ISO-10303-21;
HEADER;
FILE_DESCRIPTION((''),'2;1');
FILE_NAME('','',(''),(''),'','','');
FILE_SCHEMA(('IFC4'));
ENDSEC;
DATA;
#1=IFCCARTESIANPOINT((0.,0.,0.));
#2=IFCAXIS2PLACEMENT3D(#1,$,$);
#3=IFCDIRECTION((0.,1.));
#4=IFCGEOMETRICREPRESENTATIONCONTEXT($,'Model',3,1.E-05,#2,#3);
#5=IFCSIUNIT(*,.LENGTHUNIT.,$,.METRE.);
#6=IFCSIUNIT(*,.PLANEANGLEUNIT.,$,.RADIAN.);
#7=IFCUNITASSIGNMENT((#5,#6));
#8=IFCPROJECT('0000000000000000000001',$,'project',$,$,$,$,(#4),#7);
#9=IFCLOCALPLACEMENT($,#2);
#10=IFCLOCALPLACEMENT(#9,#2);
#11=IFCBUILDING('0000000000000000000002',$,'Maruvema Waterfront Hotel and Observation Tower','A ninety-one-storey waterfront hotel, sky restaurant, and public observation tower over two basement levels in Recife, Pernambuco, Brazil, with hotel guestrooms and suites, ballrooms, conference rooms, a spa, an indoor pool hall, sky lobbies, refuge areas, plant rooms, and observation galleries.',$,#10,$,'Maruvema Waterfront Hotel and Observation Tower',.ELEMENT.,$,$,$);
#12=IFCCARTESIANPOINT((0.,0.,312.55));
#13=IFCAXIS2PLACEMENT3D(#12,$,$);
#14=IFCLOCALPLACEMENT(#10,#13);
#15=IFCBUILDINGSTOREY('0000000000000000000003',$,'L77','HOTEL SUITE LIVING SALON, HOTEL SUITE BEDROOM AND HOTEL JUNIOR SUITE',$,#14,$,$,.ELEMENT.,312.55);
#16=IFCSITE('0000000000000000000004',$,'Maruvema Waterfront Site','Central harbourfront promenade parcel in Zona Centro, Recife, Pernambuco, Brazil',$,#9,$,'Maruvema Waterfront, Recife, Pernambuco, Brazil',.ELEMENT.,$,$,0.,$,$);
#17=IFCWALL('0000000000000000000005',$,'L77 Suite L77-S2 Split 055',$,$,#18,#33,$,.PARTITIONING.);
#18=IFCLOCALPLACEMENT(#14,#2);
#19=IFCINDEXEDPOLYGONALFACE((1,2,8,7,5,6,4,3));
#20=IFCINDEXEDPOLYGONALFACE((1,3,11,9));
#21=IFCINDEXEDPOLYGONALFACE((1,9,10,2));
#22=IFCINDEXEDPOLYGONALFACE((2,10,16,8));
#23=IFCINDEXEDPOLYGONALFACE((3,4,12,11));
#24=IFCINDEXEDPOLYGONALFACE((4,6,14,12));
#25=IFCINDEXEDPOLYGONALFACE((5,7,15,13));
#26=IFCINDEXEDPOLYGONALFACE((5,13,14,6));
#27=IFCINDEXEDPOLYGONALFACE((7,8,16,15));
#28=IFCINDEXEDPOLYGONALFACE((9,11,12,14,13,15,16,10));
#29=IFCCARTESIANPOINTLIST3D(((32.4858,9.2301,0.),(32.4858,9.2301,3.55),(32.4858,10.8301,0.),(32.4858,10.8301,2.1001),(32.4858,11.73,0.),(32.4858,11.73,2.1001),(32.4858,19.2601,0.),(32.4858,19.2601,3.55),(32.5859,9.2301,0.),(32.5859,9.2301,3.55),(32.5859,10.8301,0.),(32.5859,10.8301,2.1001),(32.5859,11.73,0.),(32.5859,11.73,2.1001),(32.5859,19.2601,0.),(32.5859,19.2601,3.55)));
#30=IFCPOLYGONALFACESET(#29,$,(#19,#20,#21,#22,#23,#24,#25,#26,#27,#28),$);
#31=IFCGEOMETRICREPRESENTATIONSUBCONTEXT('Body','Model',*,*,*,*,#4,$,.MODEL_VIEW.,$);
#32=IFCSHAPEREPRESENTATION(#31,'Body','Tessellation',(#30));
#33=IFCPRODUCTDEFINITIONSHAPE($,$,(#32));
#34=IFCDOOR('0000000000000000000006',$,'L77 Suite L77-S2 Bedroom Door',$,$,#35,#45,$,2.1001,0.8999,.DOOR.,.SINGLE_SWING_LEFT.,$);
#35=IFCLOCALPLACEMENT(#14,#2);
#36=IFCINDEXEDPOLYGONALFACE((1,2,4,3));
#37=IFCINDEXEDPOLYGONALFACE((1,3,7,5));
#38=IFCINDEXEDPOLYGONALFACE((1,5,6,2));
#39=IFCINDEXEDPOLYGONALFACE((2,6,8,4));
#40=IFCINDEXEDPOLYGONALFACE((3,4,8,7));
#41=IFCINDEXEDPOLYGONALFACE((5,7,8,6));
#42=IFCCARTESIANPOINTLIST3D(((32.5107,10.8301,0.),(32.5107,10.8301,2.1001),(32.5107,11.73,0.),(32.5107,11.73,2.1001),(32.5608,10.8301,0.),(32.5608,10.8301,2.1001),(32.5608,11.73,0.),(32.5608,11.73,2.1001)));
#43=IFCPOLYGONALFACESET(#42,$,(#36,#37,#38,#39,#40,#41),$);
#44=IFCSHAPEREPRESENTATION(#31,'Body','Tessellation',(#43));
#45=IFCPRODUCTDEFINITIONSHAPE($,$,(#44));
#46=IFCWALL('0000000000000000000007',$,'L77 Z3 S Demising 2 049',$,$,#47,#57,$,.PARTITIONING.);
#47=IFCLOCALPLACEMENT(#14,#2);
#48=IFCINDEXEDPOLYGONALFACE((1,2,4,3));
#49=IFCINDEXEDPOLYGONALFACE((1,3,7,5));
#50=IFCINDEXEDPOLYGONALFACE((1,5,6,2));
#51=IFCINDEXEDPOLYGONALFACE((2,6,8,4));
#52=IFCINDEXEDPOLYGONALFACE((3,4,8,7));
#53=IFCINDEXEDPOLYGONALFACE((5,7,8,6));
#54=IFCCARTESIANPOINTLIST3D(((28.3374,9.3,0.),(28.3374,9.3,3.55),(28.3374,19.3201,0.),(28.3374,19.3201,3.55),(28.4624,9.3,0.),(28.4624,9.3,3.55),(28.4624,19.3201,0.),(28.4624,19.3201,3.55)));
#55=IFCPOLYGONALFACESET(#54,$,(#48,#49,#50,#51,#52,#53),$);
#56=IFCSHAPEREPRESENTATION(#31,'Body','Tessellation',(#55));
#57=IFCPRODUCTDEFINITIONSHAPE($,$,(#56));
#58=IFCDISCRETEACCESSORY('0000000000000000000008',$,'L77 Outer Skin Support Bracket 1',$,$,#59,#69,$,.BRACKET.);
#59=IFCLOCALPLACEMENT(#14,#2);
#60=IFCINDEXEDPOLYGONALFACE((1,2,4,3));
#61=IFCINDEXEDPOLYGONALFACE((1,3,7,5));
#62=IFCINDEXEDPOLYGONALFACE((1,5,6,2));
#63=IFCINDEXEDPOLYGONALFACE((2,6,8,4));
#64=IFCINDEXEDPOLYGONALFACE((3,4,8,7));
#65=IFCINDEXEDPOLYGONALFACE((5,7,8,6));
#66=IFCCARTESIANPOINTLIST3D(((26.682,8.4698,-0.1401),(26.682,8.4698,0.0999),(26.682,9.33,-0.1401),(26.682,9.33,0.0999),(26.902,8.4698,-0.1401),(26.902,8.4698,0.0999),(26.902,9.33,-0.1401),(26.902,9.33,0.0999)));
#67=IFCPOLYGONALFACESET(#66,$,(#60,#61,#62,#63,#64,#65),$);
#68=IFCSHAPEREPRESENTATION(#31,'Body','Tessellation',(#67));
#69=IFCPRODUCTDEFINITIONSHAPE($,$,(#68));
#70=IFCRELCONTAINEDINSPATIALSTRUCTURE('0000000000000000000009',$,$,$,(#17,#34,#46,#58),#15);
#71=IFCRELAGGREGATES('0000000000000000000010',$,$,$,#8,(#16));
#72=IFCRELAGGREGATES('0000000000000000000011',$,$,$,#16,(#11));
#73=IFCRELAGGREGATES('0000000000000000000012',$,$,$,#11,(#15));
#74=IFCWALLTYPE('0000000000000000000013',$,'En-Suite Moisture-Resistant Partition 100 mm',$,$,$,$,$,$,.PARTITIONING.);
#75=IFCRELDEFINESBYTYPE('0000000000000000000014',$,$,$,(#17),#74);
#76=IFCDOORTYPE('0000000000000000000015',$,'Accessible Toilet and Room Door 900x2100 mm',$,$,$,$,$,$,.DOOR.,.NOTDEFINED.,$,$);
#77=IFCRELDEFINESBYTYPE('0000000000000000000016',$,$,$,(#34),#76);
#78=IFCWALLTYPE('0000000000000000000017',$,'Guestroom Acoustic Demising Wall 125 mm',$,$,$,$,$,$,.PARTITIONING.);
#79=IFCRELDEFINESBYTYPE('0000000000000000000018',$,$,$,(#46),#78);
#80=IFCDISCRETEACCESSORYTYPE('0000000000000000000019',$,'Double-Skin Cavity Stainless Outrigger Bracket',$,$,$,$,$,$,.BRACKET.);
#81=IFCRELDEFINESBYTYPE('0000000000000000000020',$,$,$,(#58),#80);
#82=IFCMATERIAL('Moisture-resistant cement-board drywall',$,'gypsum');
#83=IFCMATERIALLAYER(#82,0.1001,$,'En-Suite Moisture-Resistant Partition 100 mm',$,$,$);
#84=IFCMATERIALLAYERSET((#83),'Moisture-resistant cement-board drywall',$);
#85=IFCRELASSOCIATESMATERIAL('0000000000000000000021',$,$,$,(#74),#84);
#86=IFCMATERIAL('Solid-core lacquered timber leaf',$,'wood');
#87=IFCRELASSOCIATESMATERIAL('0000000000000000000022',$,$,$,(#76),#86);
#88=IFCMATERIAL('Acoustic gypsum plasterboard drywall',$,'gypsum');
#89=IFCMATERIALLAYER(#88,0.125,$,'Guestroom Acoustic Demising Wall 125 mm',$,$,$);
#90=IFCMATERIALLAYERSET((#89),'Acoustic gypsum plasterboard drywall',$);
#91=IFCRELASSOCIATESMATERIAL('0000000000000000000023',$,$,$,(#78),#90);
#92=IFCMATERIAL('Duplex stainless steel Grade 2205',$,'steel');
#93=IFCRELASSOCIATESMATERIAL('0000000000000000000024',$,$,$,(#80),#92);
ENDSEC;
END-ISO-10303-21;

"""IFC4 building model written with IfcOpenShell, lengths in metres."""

from ifc_helpers import new_model, si_unit, direction, frame, frame_2d, origin, origin_2d, place, context, subcontext, project, spatial, rectangle, extrude, material, layer, layer_set, type_object, element, fill, save


model = new_model("IFC4")

# Units and contexts
model_context = context("Model", 3, precision=1e-05, world=origin(), true_north=direction((0.0, 1.0)))
body_context = subcontext(model_context, "Body", "Model", "MODEL_VIEW")
ifc_project = project(units=[si_unit("LENGTHUNIT", "METRE"), si_unit("PLANEANGLEUNIT", "RADIAN")], contexts=[model_context])

# Site, building, storey
site_placement = place(None, origin())
site = spatial("IfcSite", under=ifc_project, at=site_placement, Name="Maruvema Waterfront Site", Description="Central harbourfront promenade parcel in Zona Centro, Recife, Pernambuco, Brazil", LongName="Maruvema Waterfront, Recife, Pernambuco, Brazil", CompositionType="ELEMENT", RefElevation=0.0)
building_placement = place(site_placement, origin())
building = spatial("IfcBuilding", under=site, at=building_placement, Name="Maruvema Waterfront Hotel and Observation Tower", Description="A ninety-one-storey waterfront hotel, sky restaurant, and public observation tower over two basement levels in Recife, Pernambuco, Brazil, with hotel guestrooms and suites, ballrooms, conference rooms, a spa, an indoor pool hall, sky lobbies, refuge areas, plant rooms, and observation galleries.", LongName="Maruvema Waterfront Hotel and Observation Tower", CompositionType="ELEMENT")
storey_placement = place(building_placement, frame((0.0, 0.0, 312.55)))
storey = spatial("IfcBuildingStorey", under=building, at=storey_placement, Name="L77", Description="HOTEL SUITE LIVING SALON, HOTEL SUITE BEDROOM AND HOTEL JUNIOR SUITE", CompositionType="ELEMENT", Elevation=312.55)

# Shared definitions
ifc_material_1 = material(Name="Moisture-resistant cement-board drywall", Category="gypsum")
ifc_layer_1 = layer(ifc_material_1, 0.1001, Name="En-Suite Moisture-Resistant Partition 100 mm")
ifc_layer_set_1 = layer_set([ifc_layer_1], Name="Moisture-resistant cement-board drywall")
wall_type_1 = type_object("IfcWallType", Name="En-Suite Moisture-Resistant Partition 100 mm", PredefinedType="PARTITIONING", material=ifc_layer_set_1)

# Wall, opening, door
wall_1_placement = place(storey_placement, frame((32.5359, 9.23, 0.0), z_axis=(0.0, 0.0, 1.0), x_axis=(0.0, 1.0, 0.0)))
wall_1 = element("IfcWall", 1, at=wall_1_placement, inside=storey, type_object=wall_type_1, Name="L77 Suite L77-S2 Split 055", PredefinedType="PARTITIONING", context=body_context, shape_type="SweptSolid", body=[
    extrude(rectangle(XDim=10.03, YDim=0.1001, at=frame_2d((5.0151, 0.0))), origin(), (0.0, 0.0, 1.0), 3.55),
])
opening_1_placement = place(wall_1_placement, frame((1.6001, 0.0, 0.0)))
opening_1 = element("IfcOpeningElement", 2, at=opening_1_placement, cuts=wall_1, PredefinedType="OPENING", context=body_context, shape_type="SweptSolid", body=[
    extrude(rectangle(XDim=0.8999, YDim=2.1001, at=frame_2d((0.45, 1.05))), frame((0.0, 0.0601, 0.0), z_axis=(0.0, -1.0, 0.0), x_axis=(1.0, 0.0, 0.0)), (0.0, 0.0, 1.0), 0.1201),
])
ifc_material_2 = material(Name="Solid-core lacquered timber leaf", Category="wood")
door_type_1 = type_object("IfcDoorType", Name="Accessible Toilet and Room Door 900x2100 mm", OperationType="NOTDEFINED", PredefinedType="DOOR", material=ifc_material_2)
door_1_placement = place(opening_1_placement, frame((0.8999, 0.0, 0.0), z_axis=(0.0, 0.0, 1.0), x_axis=(-1.0, 0.0, 0.0)))
door_1 = element("IfcDoor", 3, at=door_1_placement, inside=storey, type_object=door_type_1, Name="L77 Suite L77-S2 Bedroom Door", OperationType="SINGLE_SWING_LEFT", OverallHeight=2.1001, OverallWidth=0.8999, PredefinedType="DOOR", context=body_context, shape_type="SweptSolid", body=[
    extrude(rectangle(XDim=0.8999, YDim=2.1001, at=frame_2d((0.45, 1.05))), frame((0.0, 0.0249, 0.0), z_axis=(0.0, -1.0, 0.0), x_axis=(1.0, 0.0, 0.0)), (0.0, 0.0, 1.0), 0.05),
])
fill(opening_1, door_1)

# Wall
ifc_material_3 = material(Name="Acoustic gypsum plasterboard drywall", Category="gypsum")
ifc_layer_2 = layer(ifc_material_3, 0.125, Name="Guestroom Acoustic Demising Wall 125 mm")
ifc_layer_set_2 = layer_set([ifc_layer_2], Name="Acoustic gypsum plasterboard drywall")
wall_type_2 = type_object("IfcWallType", Name="Guestroom Acoustic Demising Wall 125 mm", PredefinedType="PARTITIONING", material=ifc_layer_set_2)
wall_2_placement = place(storey_placement, frame((28.3999, 9.3, 0.0), z_axis=(0.0, 0.0, 1.0), x_axis=(0.0, 1.0, 0.0)))
element("IfcWall", 4, at=wall_2_placement, inside=storey, type_object=wall_type_2, Name="L77 Z3 S Demising 2 049", PredefinedType="PARTITIONING", context=body_context, shape_type="SweptSolid", body=[
    extrude(rectangle(XDim=10.02, YDim=0.125, at=frame_2d((5.01, 0.0))), origin(), (0.0, 0.0, 1.0), 3.55),
])

# Discrete accessory
ifc_material_4 = material(Name="Duplex stainless steel Grade 2205", Category="steel")
discrete_accessory_type = type_object("IfcDiscreteAccessoryType", Name="Double-Skin Cavity Stainless Outrigger Bracket", PredefinedType="BRACKET", material=ifc_material_4)
discrete_accessory_placement = place(storey_placement, frame((26.792, 8.8999, -0.1401), z_axis=(0.0, 0.0, 1.0), x_axis=(1.0, 0.0, 0.0)))
element("IfcDiscreteAccessory", 5, at=discrete_accessory_placement, inside=storey, type_object=discrete_accessory_type, Name="L77 Outer Skin Support Bracket 1", PredefinedType="BRACKET", context=body_context, shape_type="SweptSolid", body=[
    extrude(rectangle(XDim=0.22, YDim=0.8601, at=origin_2d()), origin(), (0.0, 0.0, 1.0), 0.24),
])

save(model, "model.ifc")
